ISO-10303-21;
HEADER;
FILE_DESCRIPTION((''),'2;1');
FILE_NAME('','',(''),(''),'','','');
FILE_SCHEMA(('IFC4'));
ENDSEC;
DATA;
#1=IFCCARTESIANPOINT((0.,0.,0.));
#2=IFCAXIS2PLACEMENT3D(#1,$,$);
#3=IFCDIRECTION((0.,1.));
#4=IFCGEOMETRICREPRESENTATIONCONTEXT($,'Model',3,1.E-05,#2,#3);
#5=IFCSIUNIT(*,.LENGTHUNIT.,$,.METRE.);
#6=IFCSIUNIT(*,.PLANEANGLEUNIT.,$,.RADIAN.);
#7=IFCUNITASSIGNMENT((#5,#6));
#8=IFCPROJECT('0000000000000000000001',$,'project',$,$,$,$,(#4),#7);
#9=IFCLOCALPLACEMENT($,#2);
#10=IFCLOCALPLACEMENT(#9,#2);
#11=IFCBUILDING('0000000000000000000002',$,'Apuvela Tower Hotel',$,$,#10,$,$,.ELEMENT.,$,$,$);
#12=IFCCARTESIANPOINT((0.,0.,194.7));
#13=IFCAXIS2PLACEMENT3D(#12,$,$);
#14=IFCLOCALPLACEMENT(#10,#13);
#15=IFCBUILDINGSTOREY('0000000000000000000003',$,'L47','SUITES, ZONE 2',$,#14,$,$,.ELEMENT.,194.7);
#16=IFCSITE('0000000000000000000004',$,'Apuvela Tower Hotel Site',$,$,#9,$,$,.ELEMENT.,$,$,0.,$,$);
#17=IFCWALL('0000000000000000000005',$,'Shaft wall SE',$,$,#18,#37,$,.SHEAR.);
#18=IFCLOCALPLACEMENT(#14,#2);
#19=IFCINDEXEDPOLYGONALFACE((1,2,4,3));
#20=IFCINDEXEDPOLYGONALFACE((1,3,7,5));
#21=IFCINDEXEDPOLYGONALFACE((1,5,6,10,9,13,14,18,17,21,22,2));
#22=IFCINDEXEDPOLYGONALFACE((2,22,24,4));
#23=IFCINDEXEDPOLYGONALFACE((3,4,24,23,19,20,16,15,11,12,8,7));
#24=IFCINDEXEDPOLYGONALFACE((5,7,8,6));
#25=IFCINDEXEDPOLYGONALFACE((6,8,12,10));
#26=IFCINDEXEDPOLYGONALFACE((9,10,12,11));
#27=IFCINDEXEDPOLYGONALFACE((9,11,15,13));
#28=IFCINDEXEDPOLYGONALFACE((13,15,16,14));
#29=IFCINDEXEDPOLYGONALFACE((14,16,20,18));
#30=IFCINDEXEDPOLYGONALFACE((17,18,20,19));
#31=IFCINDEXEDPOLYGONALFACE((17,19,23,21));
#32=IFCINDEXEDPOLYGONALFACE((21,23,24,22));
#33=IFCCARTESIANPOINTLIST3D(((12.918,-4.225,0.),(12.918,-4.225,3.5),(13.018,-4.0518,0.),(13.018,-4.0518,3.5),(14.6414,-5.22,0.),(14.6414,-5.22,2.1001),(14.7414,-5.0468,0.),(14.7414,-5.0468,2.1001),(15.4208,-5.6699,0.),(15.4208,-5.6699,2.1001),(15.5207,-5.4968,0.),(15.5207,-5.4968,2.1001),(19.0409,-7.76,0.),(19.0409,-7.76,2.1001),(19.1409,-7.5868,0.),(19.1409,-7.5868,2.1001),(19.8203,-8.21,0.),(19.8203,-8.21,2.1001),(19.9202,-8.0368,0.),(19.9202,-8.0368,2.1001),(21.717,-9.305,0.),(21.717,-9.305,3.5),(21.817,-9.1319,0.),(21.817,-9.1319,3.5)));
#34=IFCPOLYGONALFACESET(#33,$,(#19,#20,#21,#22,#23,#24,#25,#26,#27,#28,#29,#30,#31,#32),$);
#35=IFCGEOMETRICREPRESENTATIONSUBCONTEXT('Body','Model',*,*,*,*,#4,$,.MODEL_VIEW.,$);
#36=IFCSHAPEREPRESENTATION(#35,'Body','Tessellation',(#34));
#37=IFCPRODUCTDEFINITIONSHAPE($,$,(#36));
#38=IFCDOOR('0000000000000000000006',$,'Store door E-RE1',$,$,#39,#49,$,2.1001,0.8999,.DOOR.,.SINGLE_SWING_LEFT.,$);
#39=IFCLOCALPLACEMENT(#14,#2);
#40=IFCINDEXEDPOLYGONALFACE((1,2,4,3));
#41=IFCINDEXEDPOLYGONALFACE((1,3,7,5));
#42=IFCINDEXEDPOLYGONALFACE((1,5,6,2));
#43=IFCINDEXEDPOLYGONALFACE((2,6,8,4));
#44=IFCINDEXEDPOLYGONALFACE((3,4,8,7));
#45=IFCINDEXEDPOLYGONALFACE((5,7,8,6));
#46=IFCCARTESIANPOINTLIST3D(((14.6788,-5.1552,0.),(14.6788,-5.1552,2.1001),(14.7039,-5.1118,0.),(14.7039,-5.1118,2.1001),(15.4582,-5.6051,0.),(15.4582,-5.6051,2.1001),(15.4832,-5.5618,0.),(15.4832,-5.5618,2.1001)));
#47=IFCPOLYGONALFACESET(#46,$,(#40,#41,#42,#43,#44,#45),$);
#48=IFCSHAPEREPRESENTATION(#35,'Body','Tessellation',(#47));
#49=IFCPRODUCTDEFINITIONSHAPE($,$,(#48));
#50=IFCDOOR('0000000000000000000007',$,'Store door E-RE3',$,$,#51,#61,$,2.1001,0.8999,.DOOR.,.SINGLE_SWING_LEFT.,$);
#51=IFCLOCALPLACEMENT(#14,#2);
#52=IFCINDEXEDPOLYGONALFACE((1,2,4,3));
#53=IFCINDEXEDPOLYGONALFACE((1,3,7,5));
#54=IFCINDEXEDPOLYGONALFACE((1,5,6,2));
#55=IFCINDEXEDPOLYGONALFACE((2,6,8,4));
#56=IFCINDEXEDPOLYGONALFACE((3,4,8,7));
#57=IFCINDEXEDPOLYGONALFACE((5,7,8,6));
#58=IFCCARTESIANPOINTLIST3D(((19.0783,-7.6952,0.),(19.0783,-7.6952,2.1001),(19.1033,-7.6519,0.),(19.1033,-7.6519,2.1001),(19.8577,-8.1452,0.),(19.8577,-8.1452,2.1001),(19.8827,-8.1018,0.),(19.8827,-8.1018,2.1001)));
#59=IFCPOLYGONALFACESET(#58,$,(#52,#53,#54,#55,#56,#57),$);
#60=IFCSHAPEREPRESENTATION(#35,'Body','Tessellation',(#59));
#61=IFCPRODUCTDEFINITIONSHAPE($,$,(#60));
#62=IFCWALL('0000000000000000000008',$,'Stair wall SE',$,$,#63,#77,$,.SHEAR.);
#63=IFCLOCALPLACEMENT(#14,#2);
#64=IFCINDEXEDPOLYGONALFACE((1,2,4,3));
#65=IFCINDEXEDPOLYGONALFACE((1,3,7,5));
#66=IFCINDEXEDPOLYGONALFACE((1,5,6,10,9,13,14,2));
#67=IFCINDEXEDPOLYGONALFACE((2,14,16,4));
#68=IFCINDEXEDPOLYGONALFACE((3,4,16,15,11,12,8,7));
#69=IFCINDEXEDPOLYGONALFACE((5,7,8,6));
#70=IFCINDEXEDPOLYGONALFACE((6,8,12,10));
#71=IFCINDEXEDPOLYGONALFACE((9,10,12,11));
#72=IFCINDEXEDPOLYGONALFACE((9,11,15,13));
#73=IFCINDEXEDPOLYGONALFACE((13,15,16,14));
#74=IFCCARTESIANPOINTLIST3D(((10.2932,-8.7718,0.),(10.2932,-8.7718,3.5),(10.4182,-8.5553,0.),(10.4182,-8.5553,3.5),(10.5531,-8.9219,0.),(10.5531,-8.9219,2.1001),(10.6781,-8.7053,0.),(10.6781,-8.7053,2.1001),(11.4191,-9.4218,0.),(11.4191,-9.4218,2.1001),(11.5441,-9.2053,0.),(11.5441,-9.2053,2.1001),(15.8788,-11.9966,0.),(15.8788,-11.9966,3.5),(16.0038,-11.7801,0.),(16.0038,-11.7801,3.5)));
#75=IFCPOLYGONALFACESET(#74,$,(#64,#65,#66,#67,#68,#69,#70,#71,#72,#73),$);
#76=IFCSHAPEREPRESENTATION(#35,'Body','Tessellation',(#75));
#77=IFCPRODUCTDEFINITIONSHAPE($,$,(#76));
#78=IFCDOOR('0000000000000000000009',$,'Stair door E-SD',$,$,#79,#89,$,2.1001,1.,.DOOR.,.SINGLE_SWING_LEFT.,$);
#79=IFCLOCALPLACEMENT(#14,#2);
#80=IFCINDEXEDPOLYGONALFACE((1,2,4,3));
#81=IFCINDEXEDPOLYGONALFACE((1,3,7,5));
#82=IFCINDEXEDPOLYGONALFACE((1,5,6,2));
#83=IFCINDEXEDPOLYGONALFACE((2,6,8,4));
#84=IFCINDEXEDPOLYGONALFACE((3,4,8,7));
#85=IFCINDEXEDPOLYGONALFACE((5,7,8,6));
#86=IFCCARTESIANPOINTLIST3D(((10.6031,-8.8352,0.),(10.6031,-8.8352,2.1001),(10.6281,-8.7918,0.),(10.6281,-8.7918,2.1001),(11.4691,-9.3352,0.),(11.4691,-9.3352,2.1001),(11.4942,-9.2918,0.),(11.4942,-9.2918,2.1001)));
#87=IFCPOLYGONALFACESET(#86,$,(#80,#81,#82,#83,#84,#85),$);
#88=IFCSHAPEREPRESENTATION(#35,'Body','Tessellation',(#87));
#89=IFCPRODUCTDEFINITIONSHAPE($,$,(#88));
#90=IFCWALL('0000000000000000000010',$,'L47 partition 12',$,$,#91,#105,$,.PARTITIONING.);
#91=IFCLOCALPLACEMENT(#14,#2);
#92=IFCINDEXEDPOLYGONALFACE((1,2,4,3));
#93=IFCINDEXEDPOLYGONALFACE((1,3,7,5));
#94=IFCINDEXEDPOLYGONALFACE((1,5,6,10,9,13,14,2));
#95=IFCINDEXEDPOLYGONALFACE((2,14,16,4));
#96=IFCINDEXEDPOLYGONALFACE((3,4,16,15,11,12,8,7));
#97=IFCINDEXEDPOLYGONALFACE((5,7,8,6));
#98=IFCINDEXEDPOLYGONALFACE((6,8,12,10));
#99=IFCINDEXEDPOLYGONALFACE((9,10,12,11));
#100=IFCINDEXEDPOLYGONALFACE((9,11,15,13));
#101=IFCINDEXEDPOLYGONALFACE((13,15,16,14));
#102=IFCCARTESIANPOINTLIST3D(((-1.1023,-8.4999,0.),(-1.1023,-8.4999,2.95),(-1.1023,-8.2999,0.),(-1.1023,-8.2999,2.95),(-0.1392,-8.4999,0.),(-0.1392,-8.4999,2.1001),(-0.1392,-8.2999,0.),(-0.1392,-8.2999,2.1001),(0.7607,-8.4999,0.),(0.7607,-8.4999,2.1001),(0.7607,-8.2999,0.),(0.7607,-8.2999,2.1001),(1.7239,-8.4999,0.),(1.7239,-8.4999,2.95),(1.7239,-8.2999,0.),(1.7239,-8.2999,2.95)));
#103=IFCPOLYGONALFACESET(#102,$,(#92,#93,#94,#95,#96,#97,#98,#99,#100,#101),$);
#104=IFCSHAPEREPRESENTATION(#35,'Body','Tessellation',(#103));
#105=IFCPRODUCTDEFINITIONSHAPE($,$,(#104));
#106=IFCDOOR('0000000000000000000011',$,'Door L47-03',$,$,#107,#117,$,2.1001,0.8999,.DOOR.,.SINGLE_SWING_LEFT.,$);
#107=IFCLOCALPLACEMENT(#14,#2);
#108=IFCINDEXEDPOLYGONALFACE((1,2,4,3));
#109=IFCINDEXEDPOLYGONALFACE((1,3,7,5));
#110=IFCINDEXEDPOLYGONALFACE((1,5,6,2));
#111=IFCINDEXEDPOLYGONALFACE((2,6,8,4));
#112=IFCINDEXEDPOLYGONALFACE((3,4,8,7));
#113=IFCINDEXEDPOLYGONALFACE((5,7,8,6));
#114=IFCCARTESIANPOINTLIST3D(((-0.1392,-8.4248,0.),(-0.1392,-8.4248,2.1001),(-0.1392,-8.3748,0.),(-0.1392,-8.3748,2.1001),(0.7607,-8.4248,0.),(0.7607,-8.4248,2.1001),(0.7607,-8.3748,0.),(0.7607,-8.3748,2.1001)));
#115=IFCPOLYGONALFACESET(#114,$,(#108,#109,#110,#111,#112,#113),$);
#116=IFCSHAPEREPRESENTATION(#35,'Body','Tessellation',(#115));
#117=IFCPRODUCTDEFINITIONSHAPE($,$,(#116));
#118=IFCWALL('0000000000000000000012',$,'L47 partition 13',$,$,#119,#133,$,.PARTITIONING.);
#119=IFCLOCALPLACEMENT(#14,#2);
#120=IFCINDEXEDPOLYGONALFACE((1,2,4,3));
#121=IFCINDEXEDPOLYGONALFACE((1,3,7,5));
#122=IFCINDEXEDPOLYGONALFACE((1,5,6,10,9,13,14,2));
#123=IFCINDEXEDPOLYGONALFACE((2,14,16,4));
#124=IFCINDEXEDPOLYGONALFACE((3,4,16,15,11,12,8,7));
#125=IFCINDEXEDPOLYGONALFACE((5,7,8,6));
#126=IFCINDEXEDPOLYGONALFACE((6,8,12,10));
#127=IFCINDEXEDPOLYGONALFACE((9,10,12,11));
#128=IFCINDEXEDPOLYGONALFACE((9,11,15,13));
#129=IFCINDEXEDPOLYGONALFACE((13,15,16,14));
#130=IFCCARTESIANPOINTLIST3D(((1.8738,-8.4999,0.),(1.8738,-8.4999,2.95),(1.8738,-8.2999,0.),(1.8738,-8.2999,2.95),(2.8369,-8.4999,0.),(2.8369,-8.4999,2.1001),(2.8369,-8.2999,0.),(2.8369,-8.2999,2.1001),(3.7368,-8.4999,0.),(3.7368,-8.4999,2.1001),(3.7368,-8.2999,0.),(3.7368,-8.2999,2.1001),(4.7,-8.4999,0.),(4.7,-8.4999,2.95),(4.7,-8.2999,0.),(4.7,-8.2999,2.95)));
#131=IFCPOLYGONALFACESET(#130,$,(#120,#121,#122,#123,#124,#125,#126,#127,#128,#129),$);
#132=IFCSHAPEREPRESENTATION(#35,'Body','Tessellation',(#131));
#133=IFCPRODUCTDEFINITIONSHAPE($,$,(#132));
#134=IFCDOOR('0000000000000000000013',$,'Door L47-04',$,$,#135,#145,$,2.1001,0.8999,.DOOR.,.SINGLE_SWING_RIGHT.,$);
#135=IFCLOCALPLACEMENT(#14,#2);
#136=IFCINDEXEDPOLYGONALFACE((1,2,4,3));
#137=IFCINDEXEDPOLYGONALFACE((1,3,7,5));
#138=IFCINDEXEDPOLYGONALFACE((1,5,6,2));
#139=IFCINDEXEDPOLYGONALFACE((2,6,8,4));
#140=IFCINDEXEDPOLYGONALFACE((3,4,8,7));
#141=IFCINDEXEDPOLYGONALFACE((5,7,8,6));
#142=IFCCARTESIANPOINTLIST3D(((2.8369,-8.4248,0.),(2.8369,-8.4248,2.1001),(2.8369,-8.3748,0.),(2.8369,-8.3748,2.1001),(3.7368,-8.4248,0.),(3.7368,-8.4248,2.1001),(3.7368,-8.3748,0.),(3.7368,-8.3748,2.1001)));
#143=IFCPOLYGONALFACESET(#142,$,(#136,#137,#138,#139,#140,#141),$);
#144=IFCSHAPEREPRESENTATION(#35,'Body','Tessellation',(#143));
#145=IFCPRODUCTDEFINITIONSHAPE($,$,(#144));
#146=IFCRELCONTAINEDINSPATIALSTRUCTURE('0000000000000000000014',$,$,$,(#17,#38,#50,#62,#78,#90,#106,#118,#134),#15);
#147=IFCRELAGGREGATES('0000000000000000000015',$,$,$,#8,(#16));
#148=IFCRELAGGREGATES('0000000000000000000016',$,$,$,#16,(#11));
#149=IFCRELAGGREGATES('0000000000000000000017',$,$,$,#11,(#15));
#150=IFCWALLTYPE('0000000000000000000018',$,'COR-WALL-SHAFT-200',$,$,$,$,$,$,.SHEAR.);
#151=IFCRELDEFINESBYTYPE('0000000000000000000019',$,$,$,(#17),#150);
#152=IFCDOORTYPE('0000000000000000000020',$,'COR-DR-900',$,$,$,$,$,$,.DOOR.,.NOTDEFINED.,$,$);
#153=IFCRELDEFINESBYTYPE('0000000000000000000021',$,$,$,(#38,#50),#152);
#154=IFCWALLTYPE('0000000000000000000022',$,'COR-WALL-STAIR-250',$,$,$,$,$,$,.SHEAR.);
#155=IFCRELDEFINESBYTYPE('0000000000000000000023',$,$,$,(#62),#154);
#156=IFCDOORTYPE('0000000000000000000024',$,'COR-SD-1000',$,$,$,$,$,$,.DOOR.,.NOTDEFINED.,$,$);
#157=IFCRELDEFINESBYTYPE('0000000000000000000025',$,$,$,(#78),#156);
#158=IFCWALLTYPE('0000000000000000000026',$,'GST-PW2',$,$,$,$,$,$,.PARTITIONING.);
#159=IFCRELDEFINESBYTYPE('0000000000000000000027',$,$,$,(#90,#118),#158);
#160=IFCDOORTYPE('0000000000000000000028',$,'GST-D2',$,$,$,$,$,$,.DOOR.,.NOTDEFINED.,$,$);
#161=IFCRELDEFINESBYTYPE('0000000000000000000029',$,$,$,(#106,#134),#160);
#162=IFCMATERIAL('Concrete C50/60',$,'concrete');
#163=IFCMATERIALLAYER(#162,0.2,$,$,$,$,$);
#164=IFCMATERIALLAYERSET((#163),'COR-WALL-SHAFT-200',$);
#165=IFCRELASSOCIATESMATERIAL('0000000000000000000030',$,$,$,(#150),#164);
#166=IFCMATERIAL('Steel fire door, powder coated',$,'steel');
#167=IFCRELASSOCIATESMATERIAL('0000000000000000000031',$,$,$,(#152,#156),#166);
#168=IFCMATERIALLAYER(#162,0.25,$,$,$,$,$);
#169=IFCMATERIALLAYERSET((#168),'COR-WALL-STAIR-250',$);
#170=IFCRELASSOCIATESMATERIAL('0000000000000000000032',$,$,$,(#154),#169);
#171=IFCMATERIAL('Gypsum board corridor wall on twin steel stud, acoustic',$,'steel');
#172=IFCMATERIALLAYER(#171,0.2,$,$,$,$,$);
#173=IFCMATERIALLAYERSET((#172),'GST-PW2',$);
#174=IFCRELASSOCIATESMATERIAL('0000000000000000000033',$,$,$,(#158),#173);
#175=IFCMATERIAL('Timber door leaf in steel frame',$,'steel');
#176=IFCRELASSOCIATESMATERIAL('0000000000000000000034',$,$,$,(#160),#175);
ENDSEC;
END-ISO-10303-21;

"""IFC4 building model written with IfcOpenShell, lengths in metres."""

from ifc_helpers import new_model, si_unit, direction, frame, frame_2d, origin, place, context, subcontext, project, spatial, rectangle, extrude, material, layer, layer_set, type_object, element, fill, save


model = new_model("IFC4")

# Units and contexts
model_context = context("Model", 3, precision=1e-05, world=origin(), true_north=direction((0.0, 1.0)))
body_context = subcontext(model_context, "Body", "Model", "MODEL_VIEW")
ifc_project = project(units=[si_unit("LENGTHUNIT", "METRE"), si_unit("PLANEANGLEUNIT", "RADIAN")], contexts=[model_context])

# Site, building, storey
site_placement = place(None, origin())
site = spatial("IfcSite", under=ifc_project, at=site_placement, Name="Apuvela Tower Hotel Site", CompositionType="ELEMENT", RefElevation=0.0)
building_placement = place(site_placement, origin())
building = spatial("IfcBuilding", under=site, at=building_placement, Name="Apuvela Tower Hotel", CompositionType="ELEMENT")
storey_placement = place(building_placement, frame((0.0, 0.0, 194.7)))
storey = spatial("IfcBuildingStorey", under=building, at=storey_placement, Name="L47", Description="SUITES, ZONE 2", CompositionType="ELEMENT", Elevation=194.7)

# Shared definitions
ifc_material_1 = material(Name="Concrete C50/60", Category="concrete")
ifc_material_2 = material(Name="Steel fire door, powder coated", Category="steel")

# Shared definitions
ifc_layer_1 = layer(ifc_material_1, 0.2)
ifc_layer_set_1 = layer_set([ifc_layer_1], Name="COR-WALL-SHAFT-200")
wall_type_1 = type_object("IfcWallType", Name="COR-WALL-SHAFT-200", PredefinedType="SHEAR", material=ifc_layer_set_1)

# Wall, openings, doors
wall_1_placement = place(storey_placement, frame((12.968, -4.1384, 0.0), z_axis=(0.0, 0.0, 1.0), x_axis=(0.866028, -0.499995, 0.0)))
wall_1 = element("IfcWall", 1, at=wall_1_placement, inside=storey, type_object=wall_type_1, Name="Shaft wall SE", PredefinedType="SHEAR", context=body_context, shape_type="SweptSolid", body=[
    extrude(rectangle(XDim=10.1602, YDim=0.2, at=frame_2d((5.0801, 0.0))), origin(), (0.0, 0.0, 1.0), 3.5),
])
opening_1_placement = place(wall_1_placement, frame((1.99, 0.0, 0.0)))
opening_1 = element("IfcOpeningElement", 2, at=opening_1_placement, cuts=wall_1, PredefinedType="OPENING", context=body_context, shape_type="SweptSolid", body=[
    extrude(rectangle(XDim=0.8999, YDim=2.1001, at=frame_2d((0.45, 1.05))), frame((0.0, 0.1099, 0.0), z_axis=(0.0, -1.0, 0.0), x_axis=(1.0, 0.0, 0.0)), (0.0, 0.0, 1.0), 0.22),
])
opening_2_placement = place(wall_1_placement, frame((7.0701, 0.0, 0.0)))
opening_2 = element("IfcOpeningElement", 3, at=opening_2_placement, cuts=wall_1, PredefinedType="OPENING", context=body_context, shape_type="SweptSolid", body=[
    extrude(rectangle(XDim=0.8999, YDim=2.1001, at=frame_2d((0.45, 1.05))), frame((0.0, 0.1099, 0.0), z_axis=(0.0, -1.0, 0.0), x_axis=(1.0, 0.0, 0.0)), (0.0, 0.0, 1.0), 0.22),
])
door_type_1 = type_object("IfcDoorType", Name="COR-DR-900", OperationType="NOTDEFINED", PredefinedType="DOOR", material=ifc_material_2)
door_1_placement = place(opening_1_placement, origin())
door_1 = element("IfcDoor", 4, at=door_1_placement, inside=storey, type_object=door_type_1, Name="Store door E-RE1", OperationType="SINGLE_SWING_LEFT", OverallHeight=2.1001, OverallWidth=0.8999, PredefinedType="DOOR", context=body_context, shape_type="SweptSolid", body=[
    extrude(rectangle(XDim=0.8999, YDim=2.1001, at=frame_2d((0.45, 1.05))), frame((0.0, 0.0249, 0.0), z_axis=(0.0, -1.0, 0.0), x_axis=(1.0, 0.0, 0.0)), (0.0, 0.0, 1.0), 0.05),
])
fill(opening_1, door_1)
door_2_placement = place(opening_2_placement, origin())
door_2 = element("IfcDoor", 5, at=door_2_placement, inside=storey, type_object=door_type_1, Name="Store door E-RE3", OperationType="SINGLE_SWING_LEFT", OverallHeight=2.1001, OverallWidth=0.8999, PredefinedType="DOOR", context=body_context, shape_type="SweptSolid", body=[
    extrude(rectangle(XDim=0.8999, YDim=2.1001, at=frame_2d((0.45, 1.05))), frame((0.0, 0.0249, 0.0), z_axis=(0.0, -1.0, 0.0), x_axis=(1.0, 0.0, 0.0)), (0.0, 0.0, 1.0), 0.05),
])
fill(opening_2, door_2)

# Walls, openings, doors
ifc_layer_2 = layer(ifc_material_1, 0.25)
ifc_layer_set_2 = layer_set([ifc_layer_2], Name="COR-WALL-STAIR-250")
wall_type_2 = type_object("IfcWallType", Name="COR-WALL-STAIR-250", PredefinedType="SHEAR", material=ifc_layer_set_2)
wall_2_placement = place(storey_placement, frame((10.3557, -8.6636, 0.0), z_axis=(0.0, 0.0, 1.0), x_axis=(0.866029, -0.499994, 0.0)))
wall_2 = element("IfcWall", 6, at=wall_2_placement, inside=storey, type_object=wall_type_2, Name="Stair wall SE", PredefinedType="SHEAR", context=body_context, shape_type="SweptSolid", body=[
    extrude(rectangle(XDim=6.4497, YDim=0.25, at=frame_2d((3.2249, 0.0))), origin(), (0.0, 0.0, 1.0), 3.5),
])
opening_3_placement = place(wall_2_placement, frame((0.3, 0.0, 0.0)))
opening_3 = element("IfcOpeningElement", 7, at=opening_3_placement, cuts=wall_2, PredefinedType="OPENING", context=body_context, shape_type="SweptSolid", body=[
    extrude(rectangle(XDim=1.0, YDim=2.1001, at=frame_2d((0.5, 1.05))), frame((0.0, 0.135, 0.0), z_axis=(0.0, -1.0, 0.0), x_axis=(1.0, 0.0, 0.0)), (0.0, 0.0, 1.0), 0.27),
])
door_type_2 = type_object("IfcDoorType", Name="COR-SD-1000", OperationType="NOTDEFINED", PredefinedType="DOOR", material=ifc_material_2)
door_3_placement = place(opening_3_placement, frame((1.0, 0.0, 0.0), z_axis=(0.0, 0.0, 1.0), x_axis=(-1.0, 0.0, 0.0)))
door_3 = element("IfcDoor", 8, at=door_3_placement, inside=storey, type_object=door_type_2, Name="Stair door E-SD", OperationType="SINGLE_SWING_LEFT", OverallHeight=2.1001, OverallWidth=1.0, PredefinedType="DOOR", context=body_context, shape_type="SweptSolid", body=[
    extrude(rectangle(XDim=1.0, YDim=2.1001, at=frame_2d((0.5, 1.05))), frame((0.0, 0.0249, 0.0), z_axis=(0.0, -1.0, 0.0), x_axis=(1.0, 0.0, 0.0)), (0.0, 0.0, 1.0), 0.05),
])
fill(opening_3, door_3)
ifc_material_3 = material(Name="Gypsum board corridor wall on twin steel stud, acoustic", Category="steel")
ifc_layer_3 = layer(ifc_material_3, 0.2)
ifc_layer_set_3 = layer_set([ifc_layer_3], Name="GST-PW2")
wall_type_3 = type_object("IfcWallType", Name="GST-PW2", PredefinedType="PARTITIONING", material=ifc_layer_set_3)
wall_3_placement = place(storey_placement, frame((1.7239, -8.3999, 0.0), z_axis=(0.0, 0.0, 1.0), x_axis=(-1.0, 0.0, 0.0)))
wall_3 = element("IfcWall", 9, at=wall_3_placement, inside=storey, type_object=wall_type_3, Name="L47 partition 12", PredefinedType="PARTITIONING", context=body_context, shape_type="SweptSolid", body=[
    extrude(rectangle(XDim=2.8262, YDim=0.2, at=frame_2d((1.4131, 0.0))), origin(), (0.0, 0.0, 1.0), 2.95),
])
opening_4_placement = place(wall_3_placement, frame((0.9631, 0.0, 0.0)))
opening_4 = element("IfcOpeningElement", 10, at=opening_4_placement, cuts=wall_3, PredefinedType="OPENING", context=body_context, shape_type="SweptSolid", body=[
    extrude(rectangle(XDim=0.8999, YDim=2.1001, at=frame_2d((0.45, 1.05))), frame((0.0, 0.1099, 0.0), z_axis=(0.0, -1.0, 0.0), x_axis=(1.0, 0.0, 0.0)), (0.0, 0.0, 1.0), 0.22),
])
ifc_material_4 = material(Name="Timber door leaf in steel frame", Category="steel")
door_type_3 = type_object("IfcDoorType", Name="GST-D2", OperationType="NOTDEFINED", PredefinedType="DOOR", material=ifc_material_4)
door_4_placement = place(opening_4_placement, origin())
door_4 = element("IfcDoor", 11, at=door_4_placement, inside=storey, type_object=door_type_3, Name="Door L47-03", OperationType="SINGLE_SWING_LEFT", OverallHeight=2.1001, OverallWidth=0.8999, PredefinedType="DOOR", context=body_context, shape_type="SweptSolid", body=[
    extrude(rectangle(XDim=0.8999, YDim=2.1001, at=frame_2d((0.45, 1.05))), frame((0.0, 0.0249, 0.0), z_axis=(0.0, -1.0, 0.0), x_axis=(1.0, 0.0, 0.0)), (0.0, 0.0, 1.0), 0.05),
])
fill(opening_4, door_4)
wall_4_placement = place(storey_placement, frame((4.7, -8.3999, 0.0), z_axis=(0.0, 0.0, 1.0), x_axis=(-1.0, 0.0, 0.0)))
wall_4 = element("IfcWall", 12, at=wall_4_placement, inside=storey, type_object=wall_type_3, Name="L47 partition 13", PredefinedType="PARTITIONING", context=body_context, shape_type="SweptSolid", body=[
    extrude(rectangle(XDim=2.8262, YDim=0.2, at=frame_2d((1.4131, 0.0))), origin(), (0.0, 0.0, 1.0), 2.95),
])
opening_5_placement = place(wall_4_placement, frame((0.9631, 0.0, 0.0)))
opening_5 = element("IfcOpeningElement", 13, at=opening_5_placement, cuts=wall_4, PredefinedType="OPENING", context=body_context, shape_type="SweptSolid", body=[
    extrude(rectangle(XDim=0.8999, YDim=2.1001, at=frame_2d((0.45, 1.05))), frame((0.0, 0.1099, 0.0), z_axis=(0.0, -1.0, 0.0), x_axis=(1.0, 0.0, 0.0)), (0.0, 0.0, 1.0), 0.22),
])
door_5_placement = place(opening_5_placement, origin())
door_5 = element("IfcDoor", 14, at=door_5_placement, inside=storey, type_object=door_type_3, Name="Door L47-04", OperationType="SINGLE_SWING_RIGHT", OverallHeight=2.1001, OverallWidth=0.8999, PredefinedType="DOOR", context=body_context, shape_type="SweptSolid", body=[
    extrude(rectangle(XDim=0.8999, YDim=2.1001, at=frame_2d((0.45, 1.05))), frame((0.0, 0.0249, 0.0), z_axis=(0.0, -1.0, 0.0), x_axis=(1.0, 0.0, 0.0)), (0.0, 0.0, 1.0), 0.05),
])
fill(opening_5, door_5)

save(model, "model.ifc")
